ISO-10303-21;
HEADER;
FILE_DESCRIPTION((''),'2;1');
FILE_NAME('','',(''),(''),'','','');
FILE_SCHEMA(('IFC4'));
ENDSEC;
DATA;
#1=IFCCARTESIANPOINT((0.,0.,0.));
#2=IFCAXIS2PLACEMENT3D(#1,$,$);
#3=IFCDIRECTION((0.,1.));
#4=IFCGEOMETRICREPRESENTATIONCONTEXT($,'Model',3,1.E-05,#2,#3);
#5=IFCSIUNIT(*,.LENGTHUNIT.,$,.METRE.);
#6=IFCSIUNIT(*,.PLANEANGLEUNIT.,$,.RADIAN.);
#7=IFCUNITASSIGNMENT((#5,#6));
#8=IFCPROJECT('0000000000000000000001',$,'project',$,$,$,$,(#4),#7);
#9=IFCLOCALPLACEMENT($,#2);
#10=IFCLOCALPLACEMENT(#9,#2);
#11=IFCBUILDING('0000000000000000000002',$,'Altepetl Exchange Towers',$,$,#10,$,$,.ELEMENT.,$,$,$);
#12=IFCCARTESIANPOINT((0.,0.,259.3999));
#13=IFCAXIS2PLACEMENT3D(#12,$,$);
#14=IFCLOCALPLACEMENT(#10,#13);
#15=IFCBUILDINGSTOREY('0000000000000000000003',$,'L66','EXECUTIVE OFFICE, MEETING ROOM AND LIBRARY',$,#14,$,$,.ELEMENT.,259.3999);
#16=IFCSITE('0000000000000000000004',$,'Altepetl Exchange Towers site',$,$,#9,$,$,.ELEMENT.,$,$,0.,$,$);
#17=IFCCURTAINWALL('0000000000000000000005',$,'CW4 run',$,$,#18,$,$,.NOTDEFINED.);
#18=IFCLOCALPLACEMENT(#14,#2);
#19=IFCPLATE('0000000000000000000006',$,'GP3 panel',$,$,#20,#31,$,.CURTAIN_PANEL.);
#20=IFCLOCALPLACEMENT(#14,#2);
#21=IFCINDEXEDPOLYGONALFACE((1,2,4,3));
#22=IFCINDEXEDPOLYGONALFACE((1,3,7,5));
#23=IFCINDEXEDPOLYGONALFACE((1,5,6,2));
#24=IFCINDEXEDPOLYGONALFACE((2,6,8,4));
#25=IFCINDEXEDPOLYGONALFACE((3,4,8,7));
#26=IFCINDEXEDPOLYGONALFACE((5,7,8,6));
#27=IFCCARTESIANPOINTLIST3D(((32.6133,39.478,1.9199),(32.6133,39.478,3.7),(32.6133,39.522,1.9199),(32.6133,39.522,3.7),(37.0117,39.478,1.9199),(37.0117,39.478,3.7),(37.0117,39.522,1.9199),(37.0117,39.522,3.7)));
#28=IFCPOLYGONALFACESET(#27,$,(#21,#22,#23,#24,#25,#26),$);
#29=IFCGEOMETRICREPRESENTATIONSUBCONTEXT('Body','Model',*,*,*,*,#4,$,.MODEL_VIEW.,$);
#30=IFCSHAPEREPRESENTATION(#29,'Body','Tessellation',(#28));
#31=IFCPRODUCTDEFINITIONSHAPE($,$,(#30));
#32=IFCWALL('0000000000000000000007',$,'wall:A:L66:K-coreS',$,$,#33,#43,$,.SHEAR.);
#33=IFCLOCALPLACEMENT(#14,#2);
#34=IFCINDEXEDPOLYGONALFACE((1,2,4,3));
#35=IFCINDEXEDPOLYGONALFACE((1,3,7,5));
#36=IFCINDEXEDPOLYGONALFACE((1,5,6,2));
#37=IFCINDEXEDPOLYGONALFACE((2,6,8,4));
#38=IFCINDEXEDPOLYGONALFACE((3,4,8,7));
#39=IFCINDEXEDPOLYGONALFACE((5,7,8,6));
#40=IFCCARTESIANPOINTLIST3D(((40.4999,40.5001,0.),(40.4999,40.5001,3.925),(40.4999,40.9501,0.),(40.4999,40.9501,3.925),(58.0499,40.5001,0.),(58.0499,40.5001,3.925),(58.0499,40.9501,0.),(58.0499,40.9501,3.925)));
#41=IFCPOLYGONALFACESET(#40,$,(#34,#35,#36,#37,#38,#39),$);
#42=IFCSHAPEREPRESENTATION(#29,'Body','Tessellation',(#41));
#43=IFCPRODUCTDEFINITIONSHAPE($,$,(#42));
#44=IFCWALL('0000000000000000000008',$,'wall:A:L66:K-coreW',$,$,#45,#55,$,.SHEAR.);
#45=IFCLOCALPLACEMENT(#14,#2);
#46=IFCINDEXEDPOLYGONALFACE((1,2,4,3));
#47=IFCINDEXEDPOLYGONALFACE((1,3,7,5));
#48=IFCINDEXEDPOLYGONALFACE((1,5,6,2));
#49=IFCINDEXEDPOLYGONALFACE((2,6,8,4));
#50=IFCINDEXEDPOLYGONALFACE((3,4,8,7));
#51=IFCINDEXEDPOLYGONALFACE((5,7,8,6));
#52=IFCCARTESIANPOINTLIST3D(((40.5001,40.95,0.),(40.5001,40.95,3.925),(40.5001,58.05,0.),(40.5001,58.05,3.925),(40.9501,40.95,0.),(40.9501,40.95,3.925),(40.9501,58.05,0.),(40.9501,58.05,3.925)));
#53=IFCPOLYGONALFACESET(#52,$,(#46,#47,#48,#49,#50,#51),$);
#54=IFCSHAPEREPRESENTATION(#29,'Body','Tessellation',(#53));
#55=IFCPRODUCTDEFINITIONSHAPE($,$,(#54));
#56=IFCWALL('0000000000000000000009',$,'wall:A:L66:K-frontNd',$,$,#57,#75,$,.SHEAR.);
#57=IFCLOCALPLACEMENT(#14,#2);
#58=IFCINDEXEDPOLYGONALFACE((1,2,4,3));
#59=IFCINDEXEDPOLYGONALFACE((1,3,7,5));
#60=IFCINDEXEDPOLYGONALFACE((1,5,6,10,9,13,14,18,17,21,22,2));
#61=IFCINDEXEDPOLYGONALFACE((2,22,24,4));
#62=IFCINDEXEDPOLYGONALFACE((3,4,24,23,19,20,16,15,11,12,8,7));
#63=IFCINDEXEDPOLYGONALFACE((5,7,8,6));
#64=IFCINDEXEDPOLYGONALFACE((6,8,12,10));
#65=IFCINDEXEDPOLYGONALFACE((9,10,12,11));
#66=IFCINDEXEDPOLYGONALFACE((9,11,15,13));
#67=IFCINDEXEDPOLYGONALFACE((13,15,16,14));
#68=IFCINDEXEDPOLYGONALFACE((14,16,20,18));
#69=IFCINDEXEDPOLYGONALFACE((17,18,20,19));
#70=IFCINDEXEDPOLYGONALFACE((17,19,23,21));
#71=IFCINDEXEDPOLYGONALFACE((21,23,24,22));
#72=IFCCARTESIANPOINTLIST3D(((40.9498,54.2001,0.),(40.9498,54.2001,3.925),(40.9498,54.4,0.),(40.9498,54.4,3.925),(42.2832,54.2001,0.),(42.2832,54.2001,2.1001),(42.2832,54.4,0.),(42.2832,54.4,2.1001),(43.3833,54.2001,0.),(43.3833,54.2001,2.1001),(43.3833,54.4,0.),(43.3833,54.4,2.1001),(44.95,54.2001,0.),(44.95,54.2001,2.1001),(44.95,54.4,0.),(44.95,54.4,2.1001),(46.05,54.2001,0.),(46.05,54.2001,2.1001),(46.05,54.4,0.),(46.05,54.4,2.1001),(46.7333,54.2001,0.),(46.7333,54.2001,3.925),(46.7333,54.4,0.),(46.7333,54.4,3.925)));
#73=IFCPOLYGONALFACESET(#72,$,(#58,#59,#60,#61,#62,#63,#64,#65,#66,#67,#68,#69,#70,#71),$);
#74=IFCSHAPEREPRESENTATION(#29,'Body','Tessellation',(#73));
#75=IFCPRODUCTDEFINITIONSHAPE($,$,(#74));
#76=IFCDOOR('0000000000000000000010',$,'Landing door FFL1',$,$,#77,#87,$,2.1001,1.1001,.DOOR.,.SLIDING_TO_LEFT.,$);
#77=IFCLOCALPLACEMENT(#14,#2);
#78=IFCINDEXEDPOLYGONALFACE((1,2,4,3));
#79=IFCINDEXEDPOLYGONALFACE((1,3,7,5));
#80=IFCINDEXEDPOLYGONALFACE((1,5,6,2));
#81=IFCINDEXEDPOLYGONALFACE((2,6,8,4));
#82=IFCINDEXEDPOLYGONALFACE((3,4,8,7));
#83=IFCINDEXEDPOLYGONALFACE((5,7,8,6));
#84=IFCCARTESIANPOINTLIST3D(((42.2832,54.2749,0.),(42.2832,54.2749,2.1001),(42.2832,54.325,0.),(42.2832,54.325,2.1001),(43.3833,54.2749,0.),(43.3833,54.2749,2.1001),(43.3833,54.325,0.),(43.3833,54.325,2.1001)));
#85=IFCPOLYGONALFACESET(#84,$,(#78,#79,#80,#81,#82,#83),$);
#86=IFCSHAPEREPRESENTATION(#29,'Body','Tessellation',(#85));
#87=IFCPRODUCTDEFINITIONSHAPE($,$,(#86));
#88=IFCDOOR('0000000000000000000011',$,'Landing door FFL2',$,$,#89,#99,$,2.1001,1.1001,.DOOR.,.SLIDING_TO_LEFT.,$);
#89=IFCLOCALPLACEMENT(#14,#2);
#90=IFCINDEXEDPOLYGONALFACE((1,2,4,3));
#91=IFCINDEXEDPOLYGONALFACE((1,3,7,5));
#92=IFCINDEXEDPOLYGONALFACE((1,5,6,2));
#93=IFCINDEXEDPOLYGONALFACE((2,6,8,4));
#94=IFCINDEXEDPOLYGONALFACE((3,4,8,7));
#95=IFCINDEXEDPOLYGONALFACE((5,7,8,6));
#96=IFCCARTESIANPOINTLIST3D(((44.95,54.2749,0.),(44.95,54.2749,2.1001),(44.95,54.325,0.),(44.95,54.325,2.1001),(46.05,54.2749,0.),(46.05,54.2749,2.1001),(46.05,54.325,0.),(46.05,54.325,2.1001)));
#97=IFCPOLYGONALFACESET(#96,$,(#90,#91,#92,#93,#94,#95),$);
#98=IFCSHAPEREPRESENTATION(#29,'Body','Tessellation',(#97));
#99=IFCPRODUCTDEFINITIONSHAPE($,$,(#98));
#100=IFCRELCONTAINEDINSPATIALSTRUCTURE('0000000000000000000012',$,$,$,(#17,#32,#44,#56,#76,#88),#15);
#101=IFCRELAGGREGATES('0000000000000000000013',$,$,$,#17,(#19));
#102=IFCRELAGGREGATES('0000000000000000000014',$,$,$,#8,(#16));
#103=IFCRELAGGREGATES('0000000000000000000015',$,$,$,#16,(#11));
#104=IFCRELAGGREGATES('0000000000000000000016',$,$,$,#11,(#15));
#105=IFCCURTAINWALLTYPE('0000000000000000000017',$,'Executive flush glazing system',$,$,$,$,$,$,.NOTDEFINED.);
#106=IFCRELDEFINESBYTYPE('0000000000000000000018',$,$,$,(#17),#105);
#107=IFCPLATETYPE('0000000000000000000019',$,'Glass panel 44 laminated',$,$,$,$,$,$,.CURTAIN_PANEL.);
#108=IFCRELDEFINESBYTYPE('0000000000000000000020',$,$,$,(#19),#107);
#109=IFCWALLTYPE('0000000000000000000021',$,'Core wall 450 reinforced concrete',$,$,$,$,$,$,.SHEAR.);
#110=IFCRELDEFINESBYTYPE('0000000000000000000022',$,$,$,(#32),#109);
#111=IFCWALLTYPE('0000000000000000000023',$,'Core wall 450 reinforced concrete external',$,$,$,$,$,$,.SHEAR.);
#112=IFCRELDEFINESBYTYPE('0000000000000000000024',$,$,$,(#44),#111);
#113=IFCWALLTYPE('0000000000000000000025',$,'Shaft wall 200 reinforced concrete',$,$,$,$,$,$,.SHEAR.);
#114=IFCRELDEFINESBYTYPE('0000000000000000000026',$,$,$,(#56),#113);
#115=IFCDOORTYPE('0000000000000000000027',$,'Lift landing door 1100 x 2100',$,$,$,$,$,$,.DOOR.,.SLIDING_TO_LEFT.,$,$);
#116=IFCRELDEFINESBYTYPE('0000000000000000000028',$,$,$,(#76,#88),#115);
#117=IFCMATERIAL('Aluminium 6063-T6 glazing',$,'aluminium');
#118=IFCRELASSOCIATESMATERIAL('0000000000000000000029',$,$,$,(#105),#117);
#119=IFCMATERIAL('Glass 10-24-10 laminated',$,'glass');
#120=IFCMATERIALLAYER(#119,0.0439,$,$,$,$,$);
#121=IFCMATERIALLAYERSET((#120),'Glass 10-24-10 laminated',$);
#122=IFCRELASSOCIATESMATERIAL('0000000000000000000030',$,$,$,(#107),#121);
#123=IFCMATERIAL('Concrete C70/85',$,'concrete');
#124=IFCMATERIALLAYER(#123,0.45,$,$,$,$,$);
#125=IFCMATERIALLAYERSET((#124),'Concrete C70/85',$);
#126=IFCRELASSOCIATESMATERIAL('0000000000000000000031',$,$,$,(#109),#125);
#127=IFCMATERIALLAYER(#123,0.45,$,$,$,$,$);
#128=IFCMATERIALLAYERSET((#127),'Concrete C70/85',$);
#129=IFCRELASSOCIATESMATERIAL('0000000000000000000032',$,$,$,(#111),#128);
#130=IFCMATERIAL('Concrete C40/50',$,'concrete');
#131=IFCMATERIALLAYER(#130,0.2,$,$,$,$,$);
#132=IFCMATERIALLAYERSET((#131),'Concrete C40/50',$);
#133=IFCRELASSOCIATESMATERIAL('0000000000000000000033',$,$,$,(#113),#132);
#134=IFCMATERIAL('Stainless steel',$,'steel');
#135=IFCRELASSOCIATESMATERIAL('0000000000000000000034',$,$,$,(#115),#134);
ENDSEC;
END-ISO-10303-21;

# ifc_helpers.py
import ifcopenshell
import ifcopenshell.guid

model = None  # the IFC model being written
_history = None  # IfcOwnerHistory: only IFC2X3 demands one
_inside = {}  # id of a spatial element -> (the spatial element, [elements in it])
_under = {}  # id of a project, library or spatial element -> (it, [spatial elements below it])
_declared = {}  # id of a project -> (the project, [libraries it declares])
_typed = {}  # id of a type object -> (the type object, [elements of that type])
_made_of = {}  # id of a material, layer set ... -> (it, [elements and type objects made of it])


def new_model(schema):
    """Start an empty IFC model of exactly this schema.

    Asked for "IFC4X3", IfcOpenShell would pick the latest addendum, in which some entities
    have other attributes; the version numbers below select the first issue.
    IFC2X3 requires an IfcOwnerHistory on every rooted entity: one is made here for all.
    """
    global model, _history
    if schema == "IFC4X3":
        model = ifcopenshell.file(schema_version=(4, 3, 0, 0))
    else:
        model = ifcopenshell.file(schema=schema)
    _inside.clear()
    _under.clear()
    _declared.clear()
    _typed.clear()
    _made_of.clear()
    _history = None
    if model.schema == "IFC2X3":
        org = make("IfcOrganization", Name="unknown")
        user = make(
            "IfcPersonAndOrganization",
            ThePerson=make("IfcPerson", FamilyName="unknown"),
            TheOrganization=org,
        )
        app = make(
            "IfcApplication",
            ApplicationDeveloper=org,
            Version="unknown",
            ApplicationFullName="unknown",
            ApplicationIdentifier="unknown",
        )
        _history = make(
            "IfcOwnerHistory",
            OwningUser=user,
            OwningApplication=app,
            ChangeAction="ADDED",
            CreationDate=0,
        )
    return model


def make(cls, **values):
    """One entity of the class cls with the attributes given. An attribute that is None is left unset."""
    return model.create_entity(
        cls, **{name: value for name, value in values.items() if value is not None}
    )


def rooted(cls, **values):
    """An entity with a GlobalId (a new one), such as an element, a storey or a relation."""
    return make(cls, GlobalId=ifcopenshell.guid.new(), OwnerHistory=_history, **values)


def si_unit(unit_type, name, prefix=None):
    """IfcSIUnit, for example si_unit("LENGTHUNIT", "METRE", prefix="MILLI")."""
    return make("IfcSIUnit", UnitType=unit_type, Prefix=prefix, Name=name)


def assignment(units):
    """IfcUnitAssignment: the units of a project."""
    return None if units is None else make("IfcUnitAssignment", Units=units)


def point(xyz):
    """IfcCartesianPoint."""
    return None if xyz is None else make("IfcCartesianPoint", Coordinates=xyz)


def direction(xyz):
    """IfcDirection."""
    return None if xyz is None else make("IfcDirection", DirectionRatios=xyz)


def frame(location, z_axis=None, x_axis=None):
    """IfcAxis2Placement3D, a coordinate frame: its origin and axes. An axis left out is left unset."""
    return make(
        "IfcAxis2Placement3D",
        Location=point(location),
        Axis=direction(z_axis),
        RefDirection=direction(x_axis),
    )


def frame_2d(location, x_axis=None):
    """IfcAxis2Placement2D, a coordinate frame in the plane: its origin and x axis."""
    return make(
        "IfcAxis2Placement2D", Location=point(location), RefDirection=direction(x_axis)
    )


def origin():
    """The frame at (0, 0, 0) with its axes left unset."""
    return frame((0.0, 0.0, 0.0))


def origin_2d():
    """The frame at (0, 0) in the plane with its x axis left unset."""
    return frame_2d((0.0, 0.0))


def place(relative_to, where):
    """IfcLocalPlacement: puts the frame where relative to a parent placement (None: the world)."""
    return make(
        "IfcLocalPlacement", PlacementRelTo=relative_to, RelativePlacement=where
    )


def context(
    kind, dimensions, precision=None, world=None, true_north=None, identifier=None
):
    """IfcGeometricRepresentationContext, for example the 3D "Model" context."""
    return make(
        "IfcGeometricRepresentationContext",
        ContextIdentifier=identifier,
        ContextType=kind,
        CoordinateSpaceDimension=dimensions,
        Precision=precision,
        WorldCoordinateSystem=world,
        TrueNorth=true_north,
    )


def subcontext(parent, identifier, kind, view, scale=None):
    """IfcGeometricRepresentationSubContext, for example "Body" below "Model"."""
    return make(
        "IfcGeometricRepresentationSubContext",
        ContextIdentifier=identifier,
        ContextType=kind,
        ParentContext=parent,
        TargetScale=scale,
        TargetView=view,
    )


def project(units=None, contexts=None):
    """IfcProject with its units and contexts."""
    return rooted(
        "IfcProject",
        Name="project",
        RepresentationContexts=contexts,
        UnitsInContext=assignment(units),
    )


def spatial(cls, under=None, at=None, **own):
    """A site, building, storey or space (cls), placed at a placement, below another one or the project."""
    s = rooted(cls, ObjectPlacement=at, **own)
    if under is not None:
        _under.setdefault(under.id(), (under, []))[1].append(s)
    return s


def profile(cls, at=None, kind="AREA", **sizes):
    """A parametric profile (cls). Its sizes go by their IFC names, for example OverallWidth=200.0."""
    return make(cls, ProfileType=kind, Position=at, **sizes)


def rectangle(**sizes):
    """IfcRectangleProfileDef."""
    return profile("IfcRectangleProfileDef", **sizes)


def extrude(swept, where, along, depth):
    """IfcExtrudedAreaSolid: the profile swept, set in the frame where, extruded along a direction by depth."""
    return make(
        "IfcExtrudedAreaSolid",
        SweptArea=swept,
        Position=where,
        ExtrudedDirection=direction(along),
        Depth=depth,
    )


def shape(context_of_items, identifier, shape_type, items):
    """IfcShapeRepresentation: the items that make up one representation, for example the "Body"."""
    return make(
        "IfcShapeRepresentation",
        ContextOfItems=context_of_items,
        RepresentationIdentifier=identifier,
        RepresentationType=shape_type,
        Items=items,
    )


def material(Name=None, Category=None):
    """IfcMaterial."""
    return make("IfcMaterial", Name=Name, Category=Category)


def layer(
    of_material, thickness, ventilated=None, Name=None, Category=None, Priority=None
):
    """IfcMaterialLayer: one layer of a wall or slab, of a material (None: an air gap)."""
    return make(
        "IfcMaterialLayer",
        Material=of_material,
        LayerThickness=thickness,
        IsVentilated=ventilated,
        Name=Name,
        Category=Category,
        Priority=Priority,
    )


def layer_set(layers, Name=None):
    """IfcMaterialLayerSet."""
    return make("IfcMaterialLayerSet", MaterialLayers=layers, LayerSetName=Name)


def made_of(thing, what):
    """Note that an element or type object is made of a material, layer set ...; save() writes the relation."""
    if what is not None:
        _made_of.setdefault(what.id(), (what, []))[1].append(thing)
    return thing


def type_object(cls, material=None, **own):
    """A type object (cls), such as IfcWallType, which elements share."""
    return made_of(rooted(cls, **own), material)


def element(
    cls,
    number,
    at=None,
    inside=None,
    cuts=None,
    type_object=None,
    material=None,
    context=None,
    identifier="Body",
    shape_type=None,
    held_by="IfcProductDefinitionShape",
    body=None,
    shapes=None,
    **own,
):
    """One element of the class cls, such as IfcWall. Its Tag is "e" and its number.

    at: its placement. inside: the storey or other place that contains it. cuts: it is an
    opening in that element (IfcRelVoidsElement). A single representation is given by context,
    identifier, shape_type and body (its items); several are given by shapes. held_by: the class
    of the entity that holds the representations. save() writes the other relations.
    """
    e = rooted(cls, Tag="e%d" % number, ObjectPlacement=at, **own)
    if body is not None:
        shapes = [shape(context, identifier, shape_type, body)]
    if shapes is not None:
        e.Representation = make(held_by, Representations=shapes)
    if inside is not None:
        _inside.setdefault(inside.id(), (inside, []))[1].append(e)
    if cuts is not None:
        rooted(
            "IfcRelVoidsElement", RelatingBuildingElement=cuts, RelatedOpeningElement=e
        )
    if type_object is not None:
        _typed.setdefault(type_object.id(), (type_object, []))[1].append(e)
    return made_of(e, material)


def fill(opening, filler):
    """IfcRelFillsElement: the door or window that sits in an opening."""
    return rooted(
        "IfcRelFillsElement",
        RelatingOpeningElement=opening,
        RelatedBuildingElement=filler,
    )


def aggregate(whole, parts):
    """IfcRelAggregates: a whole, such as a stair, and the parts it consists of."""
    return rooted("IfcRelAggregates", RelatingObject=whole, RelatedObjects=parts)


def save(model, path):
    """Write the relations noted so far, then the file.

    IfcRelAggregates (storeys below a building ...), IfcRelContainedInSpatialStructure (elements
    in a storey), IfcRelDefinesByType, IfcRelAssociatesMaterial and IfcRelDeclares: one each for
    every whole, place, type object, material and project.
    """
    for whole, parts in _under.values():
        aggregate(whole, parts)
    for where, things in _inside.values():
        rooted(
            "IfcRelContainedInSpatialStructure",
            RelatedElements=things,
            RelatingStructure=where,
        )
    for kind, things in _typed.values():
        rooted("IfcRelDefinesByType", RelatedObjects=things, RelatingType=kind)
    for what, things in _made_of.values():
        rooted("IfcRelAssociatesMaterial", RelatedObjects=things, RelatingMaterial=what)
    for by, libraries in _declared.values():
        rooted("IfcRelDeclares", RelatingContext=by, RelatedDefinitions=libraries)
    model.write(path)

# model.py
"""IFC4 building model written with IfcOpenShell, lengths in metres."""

from ifc_helpers import new_model, si_unit, direction, frame, frame_2d, origin, origin_2d, place, context, subcontext, project, spatial, rectangle, extrude, material, layer, layer_set, type_object, element, fill, aggregate, save


model = new_model("IFC4")

# Units and contexts
model_context = context("Model", 3, precision=1e-05, world=origin(), true_north=direction((0.0, 1.0)))
body_context = subcontext(model_context, "Body", "Model", "MODEL_VIEW")
ifc_project = project(units=[si_unit("LENGTHUNIT", "METRE"), si_unit("PLANEANGLEUNIT", "RADIAN")], contexts=[model_context])

# Site, building, storey
site_placement = place(None, origin())
site = spatial("IfcSite", under=ifc_project, at=site_placement, Name="Altepetl Exchange Towers site", CompositionType="ELEMENT", RefElevation=0.0)
building_placement = place(site_placement, origin())
building = spatial("IfcBuilding", under=site, at=building_placement, Name="Altepetl Exchange Towers", CompositionType="ELEMENT")
storey_placement = place(building_placement, frame((0.0, 0.0, 259.3999)))
storey = spatial("IfcBuildingStorey", under=building, at=storey_placement, Name="L66", Description="EXECUTIVE OFFICE, MEETING ROOM AND LIBRARY", CompositionType="ELEMENT", Elevation=259.3999)

# Curtain wall
ifc_material_1 = material(Name="Aluminium 6063-T6 glazing", Category="aluminium")
curtain_wall_type = type_object("IfcCurtainWallType", Name="Executive flush glazing system", PredefinedType="NOTDEFINED", material=ifc_material_1)
curtain_wall_placement = place(storey_placement, origin())
curtain_wall = element("IfcCurtainWall", 1, at=curtain_wall_placement, inside=storey, type_object=curtain_wall_type, Name="CW4 run", PredefinedType="NOTDEFINED")

# Plate
ifc_material_2 = material(Name="Glass 10-24-10 laminated", Category="glass")
ifc_layer_1 = layer(ifc_material_2, 0.0439)
ifc_layer_set_1 = layer_set([ifc_layer_1], Name="Glass 10-24-10 laminated")
plate_type = type_object("IfcPlateType", Name="Glass panel 44 laminated", PredefinedType="CURTAIN_PANEL", material=ifc_layer_set_1)
plate_1_placement = place(storey_placement, frame((34.8125, 39.5, 1.9199), z_axis=(0.0, 0.0, 1.0), x_axis=(-1.0, 0.0, 0.0)))
plate_1 = element("IfcPlate", 2, at=plate_1_placement, type_object=plate_type, Name="GP3 panel", PredefinedType="CURTAIN_PANEL", context=body_context, shape_type="SweptSolid", body=[
    extrude(rectangle(XDim=4.3984, YDim=0.0439, at=origin_2d()), origin(), (0.0, 0.0, 1.0), 1.78),
])
aggregate(curtain_wall, [plate_1])

# Walls
ifc_material_3 = material(Name="Concrete C70/85", Category="concrete")
ifc_layer_2 = layer(ifc_material_3, 0.45)
ifc_layer_set_2 = layer_set([ifc_layer_2], Name="Concrete C70/85")
wall_type_1 = type_object("IfcWallType", Name="Core wall 450 reinforced concrete", PredefinedType="SHEAR", material=ifc_layer_set_2)
wall_1_placement = place(storey_placement, frame((40.5, 40.7251, 0.0)))
element("IfcWall", 3, at=wall_1_placement, inside=storey, type_object=wall_type_1, Name="wall:A:L66:K-coreS", PredefinedType="SHEAR", context=body_context, shape_type="SweptSolid", body=[
    extrude(rectangle(XDim=17.55, YDim=0.45, at=frame_2d((8.7749, 0.0))), origin(), (0.0, 0.0, 1.0), 3.925),
])
ifc_layer_3 = layer(ifc_material_3, 0.45)
ifc_layer_set_3 = layer_set([ifc_layer_3], Name="Concrete C70/85")
wall_type_2 = type_object("IfcWallType", Name="Core wall 450 reinforced concrete external", PredefinedType="SHEAR", material=ifc_layer_set_3)
wall_2_placement = place(storey_placement, frame((40.7251, 40.95, 0.0), z_axis=(0.0, 0.0, 1.0), x_axis=(0.0, 1.0, 0.0)))
element("IfcWall", 4, at=wall_2_placement, inside=storey, type_object=wall_type_2, Name="wall:A:L66:K-coreW", PredefinedType="SHEAR", context=body_context, shape_type="SweptSolid", body=[
    extrude(rectangle(XDim=17.1001, YDim=0.45, at=frame_2d((8.55, 0.0))), origin(), (0.0, 0.0, 1.0), 3.925),
])

# Wall, openings, doors
ifc_material_4 = material(Name="Concrete C40/50", Category="concrete")
ifc_layer_4 = layer(ifc_material_4, 0.2)
ifc_layer_set_4 = layer_set([ifc_layer_4], Name="Concrete C40/50")
wall_type_3 = type_object("IfcWallType", Name="Shaft wall 200 reinforced concrete", PredefinedType="SHEAR", material=ifc_layer_set_4)
wall_3_placement = place(storey_placement, frame((40.95, 54.3, 0.0)))
wall_3 = element("IfcWall", 5, at=wall_3_placement, inside=storey, type_object=wall_type_3, Name="wall:A:L66:K-frontNd", PredefinedType="SHEAR", context=body_context, shape_type="SweptSolid", body=[
    extrude(rectangle(XDim=5.7834, YDim=0.2, at=frame_2d((2.8916, 0.0))), origin(), (0.0, 0.0, 1.0), 3.925),
])
opening_1_placement = place(wall_3_placement, frame((1.3333, 0.0, 0.0)))
opening_1 = element("IfcOpeningElement", 6, at=opening_1_placement, cuts=wall_3, PredefinedType="OPENING", context=body_context, shape_type="SweptSolid", body=[
    extrude(rectangle(XDim=1.1001, YDim=2.1001, at=frame_2d((0.55, 1.05))), frame((0.0, 0.1099, 0.0), z_axis=(0.0, -1.0, 0.0), x_axis=(1.0, 0.0, 0.0)), (0.0, 0.0, 1.0), 0.22),
])
opening_2_placement = place(wall_3_placement, frame((4.0, 0.0, 0.0)))
opening_2 = element("IfcOpeningElement", 7, at=opening_2_placement, cuts=wall_3, PredefinedType="OPENING", context=body_context, shape_type="SweptSolid", body=[
    extrude(rectangle(XDim=1.1001, YDim=2.1001, at=frame_2d((0.55, 1.05))), frame((0.0, 0.1099, 0.0), z_axis=(0.0, -1.0, 0.0), x_axis=(1.0, 0.0, 0.0)), (0.0, 0.0, 1.0), 0.22),
])
ifc_material_5 = material(Name="Stainless steel", Category="steel")
door_type_1 = type_object("IfcDoorType", Name="Lift landing door 1100 x 2100", OperationType="SLIDING_TO_LEFT", PredefinedType="DOOR", material=ifc_material_5)
door_1_placement = place(opening_1_placement, origin())
door_1 = element("IfcDoor", 8, at=door_1_placement, inside=storey, type_object=door_type_1, Name="Landing door FFL1", OperationType="SLIDING_TO_LEFT", OverallHeight=2.1001, OverallWidth=1.1001, PredefinedType="DOOR", context=body_context, shape_type="SweptSolid", body=[
    extrude(rectangle(XDim=1.1001, YDim=2.1001, at=frame_2d((0.55, 1.05))), frame((0.0, 0.0249, 0.0), z_axis=(0.0, -1.0, 0.0), x_axis=(1.0, 0.0, 0.0)), (0.0, 0.0, 1.0), 0.05),
])
fill(opening_1, door_1)
door_2_placement = place(opening_2_placement, origin())
door_2 = element("IfcDoor", 9, at=door_2_placement, inside=storey, type_object=door_type_1, Name="Landing door FFL2", OperationType="SLIDING_TO_LEFT", OverallHeight=2.1001, OverallWidth=1.1001, PredefinedType="DOOR", context=body_context, shape_type="SweptSolid", body=[
    extrude(rectangle(XDim=1.1001, YDim=2.1001, at=frame_2d((0.55, 1.05))), frame((0.0, 0.0249, 0.0), z_axis=(0.0, -1.0, 0.0), x_axis=(1.0, 0.0, 0.0)), (0.0, 0.0, 1.0), 0.05),
])
fill(opening_2, door_2)

save(model, "model.ifc")
